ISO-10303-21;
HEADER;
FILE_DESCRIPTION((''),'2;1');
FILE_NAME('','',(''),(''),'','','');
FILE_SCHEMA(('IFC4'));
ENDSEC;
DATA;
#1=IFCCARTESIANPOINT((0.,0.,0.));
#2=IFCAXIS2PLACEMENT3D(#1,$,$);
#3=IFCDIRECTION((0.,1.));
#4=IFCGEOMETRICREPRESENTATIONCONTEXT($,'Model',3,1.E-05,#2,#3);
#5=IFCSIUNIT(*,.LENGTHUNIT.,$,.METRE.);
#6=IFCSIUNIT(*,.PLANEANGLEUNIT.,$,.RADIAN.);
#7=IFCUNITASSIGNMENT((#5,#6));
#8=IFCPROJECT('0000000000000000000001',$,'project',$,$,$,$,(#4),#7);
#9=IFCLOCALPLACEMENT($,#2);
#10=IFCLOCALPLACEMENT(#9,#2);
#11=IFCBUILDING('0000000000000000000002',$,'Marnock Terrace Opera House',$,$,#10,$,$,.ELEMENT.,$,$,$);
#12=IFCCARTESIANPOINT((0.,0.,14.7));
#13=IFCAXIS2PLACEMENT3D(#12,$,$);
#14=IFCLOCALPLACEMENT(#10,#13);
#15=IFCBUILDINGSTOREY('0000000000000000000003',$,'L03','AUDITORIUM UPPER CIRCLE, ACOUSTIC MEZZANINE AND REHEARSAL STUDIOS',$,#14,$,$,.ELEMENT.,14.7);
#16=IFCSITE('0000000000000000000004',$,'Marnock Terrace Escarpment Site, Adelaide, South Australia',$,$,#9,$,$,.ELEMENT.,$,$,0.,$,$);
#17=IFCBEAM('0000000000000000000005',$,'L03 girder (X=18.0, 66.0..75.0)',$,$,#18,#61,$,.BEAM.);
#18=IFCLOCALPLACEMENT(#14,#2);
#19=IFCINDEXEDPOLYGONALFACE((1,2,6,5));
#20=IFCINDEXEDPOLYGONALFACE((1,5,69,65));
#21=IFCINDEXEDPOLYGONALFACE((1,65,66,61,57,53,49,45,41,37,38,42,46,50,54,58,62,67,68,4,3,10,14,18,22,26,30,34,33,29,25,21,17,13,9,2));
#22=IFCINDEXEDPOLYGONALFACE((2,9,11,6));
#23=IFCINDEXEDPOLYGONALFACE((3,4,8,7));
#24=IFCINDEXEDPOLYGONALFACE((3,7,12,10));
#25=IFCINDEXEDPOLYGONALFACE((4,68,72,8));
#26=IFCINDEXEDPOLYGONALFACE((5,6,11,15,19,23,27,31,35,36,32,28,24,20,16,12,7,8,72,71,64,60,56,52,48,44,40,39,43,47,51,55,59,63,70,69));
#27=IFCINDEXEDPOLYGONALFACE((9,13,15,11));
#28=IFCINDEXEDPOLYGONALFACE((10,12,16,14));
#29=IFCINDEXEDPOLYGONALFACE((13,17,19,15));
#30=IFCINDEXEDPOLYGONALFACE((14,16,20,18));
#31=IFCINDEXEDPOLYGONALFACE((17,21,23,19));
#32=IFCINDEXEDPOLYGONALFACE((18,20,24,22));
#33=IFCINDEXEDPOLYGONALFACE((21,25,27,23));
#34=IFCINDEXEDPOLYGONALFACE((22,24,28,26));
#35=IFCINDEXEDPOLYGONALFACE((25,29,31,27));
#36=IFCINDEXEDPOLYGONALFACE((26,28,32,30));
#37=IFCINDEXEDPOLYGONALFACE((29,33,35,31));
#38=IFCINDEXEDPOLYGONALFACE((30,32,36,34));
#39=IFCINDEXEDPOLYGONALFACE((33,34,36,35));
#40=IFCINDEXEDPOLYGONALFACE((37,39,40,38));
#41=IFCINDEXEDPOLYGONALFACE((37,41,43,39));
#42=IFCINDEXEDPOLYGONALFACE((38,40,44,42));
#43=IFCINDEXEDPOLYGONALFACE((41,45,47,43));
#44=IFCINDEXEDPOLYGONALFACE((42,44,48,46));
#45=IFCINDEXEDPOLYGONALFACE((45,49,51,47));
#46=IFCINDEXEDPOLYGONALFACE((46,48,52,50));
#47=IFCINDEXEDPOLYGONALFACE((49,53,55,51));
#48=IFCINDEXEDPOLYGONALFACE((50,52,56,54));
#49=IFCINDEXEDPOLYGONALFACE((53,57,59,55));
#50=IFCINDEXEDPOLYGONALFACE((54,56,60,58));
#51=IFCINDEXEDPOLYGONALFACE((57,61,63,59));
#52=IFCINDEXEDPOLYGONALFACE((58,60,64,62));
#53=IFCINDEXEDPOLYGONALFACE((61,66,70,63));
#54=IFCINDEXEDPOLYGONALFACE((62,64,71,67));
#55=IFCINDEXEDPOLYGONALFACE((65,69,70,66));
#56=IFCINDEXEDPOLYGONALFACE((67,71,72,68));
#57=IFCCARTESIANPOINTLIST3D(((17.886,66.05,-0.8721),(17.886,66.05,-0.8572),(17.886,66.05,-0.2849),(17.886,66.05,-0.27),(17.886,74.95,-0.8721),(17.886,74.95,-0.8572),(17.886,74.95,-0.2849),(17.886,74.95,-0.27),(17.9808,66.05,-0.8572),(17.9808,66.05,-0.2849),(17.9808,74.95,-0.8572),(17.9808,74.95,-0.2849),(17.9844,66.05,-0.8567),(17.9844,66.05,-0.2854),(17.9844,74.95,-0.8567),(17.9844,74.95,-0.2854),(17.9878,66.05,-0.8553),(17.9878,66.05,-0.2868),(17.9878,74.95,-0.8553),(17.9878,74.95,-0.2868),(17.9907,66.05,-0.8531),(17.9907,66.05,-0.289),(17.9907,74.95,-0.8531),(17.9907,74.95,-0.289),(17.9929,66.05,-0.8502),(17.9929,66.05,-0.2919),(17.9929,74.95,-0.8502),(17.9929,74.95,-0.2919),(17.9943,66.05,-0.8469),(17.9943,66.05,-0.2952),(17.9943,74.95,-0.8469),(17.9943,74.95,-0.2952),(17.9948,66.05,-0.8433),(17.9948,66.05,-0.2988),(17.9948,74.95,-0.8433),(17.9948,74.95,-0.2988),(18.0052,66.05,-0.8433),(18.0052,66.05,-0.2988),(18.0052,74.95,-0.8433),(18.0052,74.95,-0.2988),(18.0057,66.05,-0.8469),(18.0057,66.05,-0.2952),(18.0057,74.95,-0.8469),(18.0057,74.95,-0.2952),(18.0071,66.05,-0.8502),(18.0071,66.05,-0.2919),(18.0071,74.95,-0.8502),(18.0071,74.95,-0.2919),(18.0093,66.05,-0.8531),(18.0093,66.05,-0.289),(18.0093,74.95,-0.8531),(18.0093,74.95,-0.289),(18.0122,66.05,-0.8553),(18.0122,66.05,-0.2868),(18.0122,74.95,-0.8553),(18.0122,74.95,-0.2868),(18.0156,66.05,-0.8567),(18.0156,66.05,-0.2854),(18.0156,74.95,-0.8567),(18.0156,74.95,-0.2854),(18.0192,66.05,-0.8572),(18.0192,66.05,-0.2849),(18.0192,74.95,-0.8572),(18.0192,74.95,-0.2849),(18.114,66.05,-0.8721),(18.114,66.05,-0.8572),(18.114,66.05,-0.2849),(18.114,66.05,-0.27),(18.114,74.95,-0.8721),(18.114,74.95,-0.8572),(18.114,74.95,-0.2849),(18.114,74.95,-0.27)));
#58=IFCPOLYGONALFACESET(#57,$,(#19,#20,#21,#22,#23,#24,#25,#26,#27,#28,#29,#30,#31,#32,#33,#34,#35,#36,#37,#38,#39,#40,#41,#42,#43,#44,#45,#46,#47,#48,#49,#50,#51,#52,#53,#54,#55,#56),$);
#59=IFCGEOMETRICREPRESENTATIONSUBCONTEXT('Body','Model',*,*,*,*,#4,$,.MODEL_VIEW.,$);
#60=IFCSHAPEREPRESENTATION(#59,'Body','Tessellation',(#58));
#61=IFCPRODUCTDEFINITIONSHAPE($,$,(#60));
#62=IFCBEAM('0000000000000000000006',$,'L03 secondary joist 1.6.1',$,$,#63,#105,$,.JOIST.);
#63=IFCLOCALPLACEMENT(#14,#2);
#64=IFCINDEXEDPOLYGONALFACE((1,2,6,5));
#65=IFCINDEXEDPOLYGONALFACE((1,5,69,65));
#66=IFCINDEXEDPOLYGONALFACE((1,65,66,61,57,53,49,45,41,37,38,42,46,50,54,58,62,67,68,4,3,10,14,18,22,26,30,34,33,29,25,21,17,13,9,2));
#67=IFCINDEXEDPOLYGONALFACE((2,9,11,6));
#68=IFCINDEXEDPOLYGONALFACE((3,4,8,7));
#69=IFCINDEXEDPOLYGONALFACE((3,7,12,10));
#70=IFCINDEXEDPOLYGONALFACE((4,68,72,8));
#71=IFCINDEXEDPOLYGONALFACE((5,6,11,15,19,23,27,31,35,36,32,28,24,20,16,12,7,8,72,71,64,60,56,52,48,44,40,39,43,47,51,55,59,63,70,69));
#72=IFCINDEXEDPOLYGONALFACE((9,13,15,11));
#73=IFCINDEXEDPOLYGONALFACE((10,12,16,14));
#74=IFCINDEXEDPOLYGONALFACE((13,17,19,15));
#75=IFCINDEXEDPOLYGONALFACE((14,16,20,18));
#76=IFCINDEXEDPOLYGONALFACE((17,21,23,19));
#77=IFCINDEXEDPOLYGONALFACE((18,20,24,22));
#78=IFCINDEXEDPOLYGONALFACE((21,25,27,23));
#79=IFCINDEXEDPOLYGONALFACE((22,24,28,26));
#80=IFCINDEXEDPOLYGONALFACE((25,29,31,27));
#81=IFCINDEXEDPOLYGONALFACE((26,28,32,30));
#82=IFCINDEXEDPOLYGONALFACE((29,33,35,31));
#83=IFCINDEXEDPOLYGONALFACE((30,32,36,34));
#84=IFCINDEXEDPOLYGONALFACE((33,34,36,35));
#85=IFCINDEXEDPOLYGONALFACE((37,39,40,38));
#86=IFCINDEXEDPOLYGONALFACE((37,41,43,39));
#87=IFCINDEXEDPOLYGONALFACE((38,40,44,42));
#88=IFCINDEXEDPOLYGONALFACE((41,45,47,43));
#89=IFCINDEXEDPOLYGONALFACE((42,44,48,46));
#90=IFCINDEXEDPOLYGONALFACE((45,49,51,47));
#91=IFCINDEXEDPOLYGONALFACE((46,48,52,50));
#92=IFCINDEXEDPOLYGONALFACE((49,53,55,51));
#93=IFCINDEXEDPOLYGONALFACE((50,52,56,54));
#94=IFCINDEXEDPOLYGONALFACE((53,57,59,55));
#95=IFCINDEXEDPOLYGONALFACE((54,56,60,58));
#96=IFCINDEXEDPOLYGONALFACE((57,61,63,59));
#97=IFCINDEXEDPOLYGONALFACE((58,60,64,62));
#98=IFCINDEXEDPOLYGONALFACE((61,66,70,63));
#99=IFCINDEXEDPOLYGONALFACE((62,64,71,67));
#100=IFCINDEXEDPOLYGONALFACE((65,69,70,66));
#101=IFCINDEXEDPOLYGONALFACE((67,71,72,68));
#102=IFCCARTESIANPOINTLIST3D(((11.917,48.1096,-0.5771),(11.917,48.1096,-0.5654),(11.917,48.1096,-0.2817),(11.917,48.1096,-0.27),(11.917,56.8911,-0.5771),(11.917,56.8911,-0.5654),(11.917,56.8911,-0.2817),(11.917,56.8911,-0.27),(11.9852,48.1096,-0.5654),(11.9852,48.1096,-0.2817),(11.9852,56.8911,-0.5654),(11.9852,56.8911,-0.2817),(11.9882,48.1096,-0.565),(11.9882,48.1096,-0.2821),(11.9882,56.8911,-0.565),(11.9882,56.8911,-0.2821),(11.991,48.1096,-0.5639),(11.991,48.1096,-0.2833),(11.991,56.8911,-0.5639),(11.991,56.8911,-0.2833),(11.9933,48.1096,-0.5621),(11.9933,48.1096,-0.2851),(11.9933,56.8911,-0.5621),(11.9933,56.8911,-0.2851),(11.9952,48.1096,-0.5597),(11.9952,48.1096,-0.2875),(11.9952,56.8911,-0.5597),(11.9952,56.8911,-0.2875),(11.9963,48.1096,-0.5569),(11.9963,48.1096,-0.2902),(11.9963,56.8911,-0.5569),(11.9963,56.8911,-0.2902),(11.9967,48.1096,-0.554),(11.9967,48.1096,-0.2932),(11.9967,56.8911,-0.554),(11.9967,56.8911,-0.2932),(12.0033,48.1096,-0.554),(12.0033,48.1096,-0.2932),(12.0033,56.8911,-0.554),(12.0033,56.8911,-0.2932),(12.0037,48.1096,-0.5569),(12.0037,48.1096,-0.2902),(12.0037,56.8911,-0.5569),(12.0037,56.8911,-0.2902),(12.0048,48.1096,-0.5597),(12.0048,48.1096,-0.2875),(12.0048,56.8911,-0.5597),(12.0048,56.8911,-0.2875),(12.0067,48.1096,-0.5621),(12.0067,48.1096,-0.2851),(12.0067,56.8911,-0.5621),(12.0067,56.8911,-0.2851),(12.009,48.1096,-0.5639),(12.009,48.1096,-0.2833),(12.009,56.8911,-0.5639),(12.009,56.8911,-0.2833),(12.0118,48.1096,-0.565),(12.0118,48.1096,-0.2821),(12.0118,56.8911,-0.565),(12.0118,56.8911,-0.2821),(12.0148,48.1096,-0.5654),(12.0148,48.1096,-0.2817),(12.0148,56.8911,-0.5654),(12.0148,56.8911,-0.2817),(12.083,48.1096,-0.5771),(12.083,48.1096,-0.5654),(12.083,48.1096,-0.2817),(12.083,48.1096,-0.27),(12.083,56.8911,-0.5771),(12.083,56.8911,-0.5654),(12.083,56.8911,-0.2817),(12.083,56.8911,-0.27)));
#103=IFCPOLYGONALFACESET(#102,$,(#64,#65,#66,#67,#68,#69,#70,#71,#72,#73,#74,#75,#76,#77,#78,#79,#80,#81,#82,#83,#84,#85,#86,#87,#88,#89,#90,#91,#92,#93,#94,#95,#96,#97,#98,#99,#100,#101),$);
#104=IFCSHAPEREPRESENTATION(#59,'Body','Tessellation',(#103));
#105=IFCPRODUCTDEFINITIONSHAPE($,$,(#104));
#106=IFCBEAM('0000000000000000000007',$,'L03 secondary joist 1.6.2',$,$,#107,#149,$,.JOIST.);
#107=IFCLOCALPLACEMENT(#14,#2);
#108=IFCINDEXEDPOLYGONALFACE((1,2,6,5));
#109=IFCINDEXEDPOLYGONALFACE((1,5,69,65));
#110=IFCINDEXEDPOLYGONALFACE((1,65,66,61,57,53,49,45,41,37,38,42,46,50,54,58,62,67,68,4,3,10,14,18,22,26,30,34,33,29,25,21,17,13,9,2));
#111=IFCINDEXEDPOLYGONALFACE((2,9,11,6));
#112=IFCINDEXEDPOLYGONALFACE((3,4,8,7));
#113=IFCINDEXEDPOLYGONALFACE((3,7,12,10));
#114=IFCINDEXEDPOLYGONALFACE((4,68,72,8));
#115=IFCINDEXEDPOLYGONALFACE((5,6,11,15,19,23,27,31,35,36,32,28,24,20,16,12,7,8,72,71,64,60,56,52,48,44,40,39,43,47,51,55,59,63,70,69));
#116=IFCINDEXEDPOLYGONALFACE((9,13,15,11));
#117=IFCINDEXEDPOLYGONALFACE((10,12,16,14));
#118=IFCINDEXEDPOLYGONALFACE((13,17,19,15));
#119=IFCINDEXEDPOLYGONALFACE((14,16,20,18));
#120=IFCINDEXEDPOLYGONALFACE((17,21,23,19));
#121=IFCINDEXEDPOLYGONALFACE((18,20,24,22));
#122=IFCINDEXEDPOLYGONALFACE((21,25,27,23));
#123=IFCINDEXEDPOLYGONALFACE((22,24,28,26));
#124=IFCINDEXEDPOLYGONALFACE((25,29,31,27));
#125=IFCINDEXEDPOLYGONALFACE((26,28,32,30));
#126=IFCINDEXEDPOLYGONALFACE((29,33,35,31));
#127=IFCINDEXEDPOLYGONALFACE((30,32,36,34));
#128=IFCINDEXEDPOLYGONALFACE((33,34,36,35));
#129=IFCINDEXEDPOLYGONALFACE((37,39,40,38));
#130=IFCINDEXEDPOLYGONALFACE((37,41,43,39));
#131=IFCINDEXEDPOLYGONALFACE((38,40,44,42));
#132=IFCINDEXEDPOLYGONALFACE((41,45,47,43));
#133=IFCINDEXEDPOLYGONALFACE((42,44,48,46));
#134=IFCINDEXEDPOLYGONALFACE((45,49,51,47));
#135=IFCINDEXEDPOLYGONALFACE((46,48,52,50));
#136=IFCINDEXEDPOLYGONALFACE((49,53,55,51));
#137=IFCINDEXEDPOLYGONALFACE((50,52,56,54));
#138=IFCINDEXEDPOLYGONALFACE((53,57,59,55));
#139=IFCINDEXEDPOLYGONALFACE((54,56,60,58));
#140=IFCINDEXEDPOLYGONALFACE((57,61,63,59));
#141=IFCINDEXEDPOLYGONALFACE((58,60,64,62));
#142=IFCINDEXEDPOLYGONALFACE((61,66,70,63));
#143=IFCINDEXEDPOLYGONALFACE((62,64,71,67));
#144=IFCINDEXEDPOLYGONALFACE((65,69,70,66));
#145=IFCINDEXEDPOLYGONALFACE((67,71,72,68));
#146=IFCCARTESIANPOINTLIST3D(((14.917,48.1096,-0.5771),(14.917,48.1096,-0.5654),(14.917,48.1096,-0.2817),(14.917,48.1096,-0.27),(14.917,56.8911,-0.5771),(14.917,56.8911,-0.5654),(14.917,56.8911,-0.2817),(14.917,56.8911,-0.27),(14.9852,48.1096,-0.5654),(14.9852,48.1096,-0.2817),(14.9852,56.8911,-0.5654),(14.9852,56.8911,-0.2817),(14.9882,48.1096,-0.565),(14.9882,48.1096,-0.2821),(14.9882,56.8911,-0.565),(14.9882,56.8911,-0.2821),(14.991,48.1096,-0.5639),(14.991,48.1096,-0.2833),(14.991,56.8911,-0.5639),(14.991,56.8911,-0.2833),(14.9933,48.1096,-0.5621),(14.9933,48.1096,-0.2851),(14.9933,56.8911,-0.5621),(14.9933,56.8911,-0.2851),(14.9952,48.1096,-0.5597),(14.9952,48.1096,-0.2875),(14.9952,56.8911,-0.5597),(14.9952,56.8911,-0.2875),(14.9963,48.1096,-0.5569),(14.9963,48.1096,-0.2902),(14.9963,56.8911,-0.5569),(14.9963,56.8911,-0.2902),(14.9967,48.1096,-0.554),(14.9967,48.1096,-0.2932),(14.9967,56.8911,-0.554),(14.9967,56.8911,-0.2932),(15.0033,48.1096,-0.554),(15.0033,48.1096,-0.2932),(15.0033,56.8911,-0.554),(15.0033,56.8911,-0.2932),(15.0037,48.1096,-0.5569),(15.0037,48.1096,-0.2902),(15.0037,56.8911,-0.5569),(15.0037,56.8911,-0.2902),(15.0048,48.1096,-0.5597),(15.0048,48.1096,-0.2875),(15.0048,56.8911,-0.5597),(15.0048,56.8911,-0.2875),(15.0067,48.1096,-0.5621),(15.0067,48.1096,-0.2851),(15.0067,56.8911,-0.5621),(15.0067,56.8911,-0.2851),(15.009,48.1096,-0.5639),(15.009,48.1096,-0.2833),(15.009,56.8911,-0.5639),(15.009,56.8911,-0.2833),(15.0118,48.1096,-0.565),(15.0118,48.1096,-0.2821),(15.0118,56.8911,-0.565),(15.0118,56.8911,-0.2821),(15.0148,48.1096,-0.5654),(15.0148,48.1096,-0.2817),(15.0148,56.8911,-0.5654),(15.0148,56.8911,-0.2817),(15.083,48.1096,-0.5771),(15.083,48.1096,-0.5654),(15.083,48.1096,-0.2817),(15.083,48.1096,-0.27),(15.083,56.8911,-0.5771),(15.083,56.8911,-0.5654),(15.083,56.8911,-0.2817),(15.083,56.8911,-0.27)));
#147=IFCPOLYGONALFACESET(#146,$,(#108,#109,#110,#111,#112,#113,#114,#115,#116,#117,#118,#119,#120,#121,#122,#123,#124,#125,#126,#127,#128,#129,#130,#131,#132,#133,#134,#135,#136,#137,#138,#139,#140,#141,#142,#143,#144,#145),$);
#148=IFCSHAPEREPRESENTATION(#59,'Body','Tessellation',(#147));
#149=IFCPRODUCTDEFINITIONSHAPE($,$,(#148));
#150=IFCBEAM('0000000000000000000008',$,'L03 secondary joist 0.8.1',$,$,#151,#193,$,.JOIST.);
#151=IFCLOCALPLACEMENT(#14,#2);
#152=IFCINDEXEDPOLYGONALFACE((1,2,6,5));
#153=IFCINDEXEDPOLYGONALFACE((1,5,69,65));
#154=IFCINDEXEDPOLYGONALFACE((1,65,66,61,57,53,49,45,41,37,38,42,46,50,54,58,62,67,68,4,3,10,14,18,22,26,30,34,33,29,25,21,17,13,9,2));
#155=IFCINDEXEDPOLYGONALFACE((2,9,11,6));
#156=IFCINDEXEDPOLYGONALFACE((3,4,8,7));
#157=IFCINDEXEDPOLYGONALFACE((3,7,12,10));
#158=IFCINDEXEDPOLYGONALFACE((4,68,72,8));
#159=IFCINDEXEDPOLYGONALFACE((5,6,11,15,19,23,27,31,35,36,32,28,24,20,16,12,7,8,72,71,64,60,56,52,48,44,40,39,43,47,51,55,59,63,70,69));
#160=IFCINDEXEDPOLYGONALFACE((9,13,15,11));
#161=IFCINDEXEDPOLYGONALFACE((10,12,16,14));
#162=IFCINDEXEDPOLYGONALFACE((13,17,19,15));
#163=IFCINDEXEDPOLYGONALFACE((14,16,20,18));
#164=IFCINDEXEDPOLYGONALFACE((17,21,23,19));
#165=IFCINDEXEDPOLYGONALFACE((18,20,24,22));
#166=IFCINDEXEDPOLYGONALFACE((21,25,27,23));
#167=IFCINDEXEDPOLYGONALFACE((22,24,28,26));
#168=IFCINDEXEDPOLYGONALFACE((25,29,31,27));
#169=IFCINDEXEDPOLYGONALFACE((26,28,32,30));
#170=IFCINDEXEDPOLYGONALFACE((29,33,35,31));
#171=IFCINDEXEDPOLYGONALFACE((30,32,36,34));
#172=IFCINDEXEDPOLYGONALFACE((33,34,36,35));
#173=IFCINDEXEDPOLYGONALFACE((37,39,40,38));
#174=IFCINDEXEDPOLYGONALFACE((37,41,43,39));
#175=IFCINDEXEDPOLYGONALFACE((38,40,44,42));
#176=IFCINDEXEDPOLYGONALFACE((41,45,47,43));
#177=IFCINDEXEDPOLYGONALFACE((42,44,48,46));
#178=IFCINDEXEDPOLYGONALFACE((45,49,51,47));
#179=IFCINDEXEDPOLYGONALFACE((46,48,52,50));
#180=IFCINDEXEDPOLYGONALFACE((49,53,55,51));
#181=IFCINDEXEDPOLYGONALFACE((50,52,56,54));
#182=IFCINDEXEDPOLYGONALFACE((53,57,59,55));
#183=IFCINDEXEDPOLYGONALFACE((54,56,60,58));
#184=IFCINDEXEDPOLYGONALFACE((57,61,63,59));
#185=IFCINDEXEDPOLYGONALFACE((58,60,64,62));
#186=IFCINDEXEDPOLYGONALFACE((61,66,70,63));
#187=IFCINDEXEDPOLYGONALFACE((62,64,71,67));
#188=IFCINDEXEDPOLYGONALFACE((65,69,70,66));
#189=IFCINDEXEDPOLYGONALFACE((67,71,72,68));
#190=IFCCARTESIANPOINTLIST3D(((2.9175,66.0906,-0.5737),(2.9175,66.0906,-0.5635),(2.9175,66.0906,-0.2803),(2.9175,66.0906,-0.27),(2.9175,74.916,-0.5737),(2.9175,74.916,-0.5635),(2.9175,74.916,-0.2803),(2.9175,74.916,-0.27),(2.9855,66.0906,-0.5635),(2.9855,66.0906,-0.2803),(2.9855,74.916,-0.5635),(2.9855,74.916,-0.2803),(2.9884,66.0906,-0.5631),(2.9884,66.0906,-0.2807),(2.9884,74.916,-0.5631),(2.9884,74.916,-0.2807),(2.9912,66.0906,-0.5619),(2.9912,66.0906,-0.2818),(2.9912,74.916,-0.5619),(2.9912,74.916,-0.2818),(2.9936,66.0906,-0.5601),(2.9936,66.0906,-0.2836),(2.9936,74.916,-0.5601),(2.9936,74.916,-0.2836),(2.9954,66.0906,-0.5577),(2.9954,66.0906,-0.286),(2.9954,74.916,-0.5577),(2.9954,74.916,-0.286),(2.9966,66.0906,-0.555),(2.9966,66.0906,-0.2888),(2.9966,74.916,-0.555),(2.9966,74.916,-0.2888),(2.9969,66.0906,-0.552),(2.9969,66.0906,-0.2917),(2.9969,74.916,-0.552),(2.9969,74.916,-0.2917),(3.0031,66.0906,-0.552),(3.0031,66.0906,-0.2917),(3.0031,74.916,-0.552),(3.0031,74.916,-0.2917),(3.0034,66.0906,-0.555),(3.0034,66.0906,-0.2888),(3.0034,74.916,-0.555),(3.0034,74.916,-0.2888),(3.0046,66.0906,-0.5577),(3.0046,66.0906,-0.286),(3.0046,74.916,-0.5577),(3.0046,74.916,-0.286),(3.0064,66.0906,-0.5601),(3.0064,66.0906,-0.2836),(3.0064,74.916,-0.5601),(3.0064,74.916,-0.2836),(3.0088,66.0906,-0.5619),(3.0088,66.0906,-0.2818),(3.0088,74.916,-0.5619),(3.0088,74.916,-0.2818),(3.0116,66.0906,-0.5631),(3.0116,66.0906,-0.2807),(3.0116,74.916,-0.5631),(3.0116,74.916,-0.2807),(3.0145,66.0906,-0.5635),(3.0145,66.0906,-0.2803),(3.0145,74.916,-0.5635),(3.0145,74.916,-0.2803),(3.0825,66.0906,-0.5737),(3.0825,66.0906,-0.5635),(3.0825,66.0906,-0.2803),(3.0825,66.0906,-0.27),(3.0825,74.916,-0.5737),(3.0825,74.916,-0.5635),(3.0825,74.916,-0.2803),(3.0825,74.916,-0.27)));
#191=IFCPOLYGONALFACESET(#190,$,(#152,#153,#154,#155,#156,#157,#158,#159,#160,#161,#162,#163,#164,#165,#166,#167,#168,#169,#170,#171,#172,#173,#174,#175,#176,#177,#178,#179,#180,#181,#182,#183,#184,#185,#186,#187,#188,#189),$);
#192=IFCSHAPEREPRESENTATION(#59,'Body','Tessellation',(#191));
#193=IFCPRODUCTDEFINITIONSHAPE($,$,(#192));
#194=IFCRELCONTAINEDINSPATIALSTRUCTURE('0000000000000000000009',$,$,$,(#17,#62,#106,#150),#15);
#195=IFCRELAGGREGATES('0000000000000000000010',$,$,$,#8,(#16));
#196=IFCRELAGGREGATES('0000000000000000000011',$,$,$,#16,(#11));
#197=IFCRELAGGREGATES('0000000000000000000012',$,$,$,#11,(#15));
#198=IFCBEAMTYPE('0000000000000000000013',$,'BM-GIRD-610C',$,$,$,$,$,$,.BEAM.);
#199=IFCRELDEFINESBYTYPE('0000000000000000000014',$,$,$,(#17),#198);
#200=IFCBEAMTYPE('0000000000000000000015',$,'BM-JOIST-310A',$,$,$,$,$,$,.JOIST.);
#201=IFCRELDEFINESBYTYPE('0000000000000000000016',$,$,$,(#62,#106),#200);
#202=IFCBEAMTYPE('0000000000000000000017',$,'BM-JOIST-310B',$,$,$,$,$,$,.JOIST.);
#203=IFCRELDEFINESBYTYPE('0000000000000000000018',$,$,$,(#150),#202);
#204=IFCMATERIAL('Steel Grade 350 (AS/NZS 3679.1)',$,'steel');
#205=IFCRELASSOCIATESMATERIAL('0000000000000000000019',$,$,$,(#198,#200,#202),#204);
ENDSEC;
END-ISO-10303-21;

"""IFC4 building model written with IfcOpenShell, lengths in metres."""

from ifc_helpers import new_model, si_unit, direction, frame, origin, origin_2d, place, context, subcontext, project, spatial, i_section, extrude, material, material_profile, profile_set, type_object, element, save


model = new_model("IFC4")

# Units and contexts
model_context = context("Model", 3, precision=1e-05, world=origin(), true_north=direction((0.0, 1.0)))
body_context = subcontext(model_context, "Body", "Model", "MODEL_VIEW")
ifc_project = project(units=[si_unit("LENGTHUNIT", "METRE"), si_unit("PLANEANGLEUNIT", "RADIAN")], contexts=[model_context])

# Site, building, storey
site_placement = place(None, origin())
site = spatial("IfcSite", under=ifc_project, at=site_placement, Name="Marnock Terrace Escarpment Site, Adelaide, South Australia", CompositionType="ELEMENT", RefElevation=0.0)
building_placement = place(site_placement, origin())
building = spatial("IfcBuilding", under=site, at=building_placement, Name="Marnock Terrace Opera House", CompositionType="ELEMENT")
storey_placement = place(building_placement, frame((0.0, 0.0, 14.7)))
storey = spatial("IfcBuildingStorey", under=building, at=storey_placement, Name="L03", Description="AUDITORIUM UPPER CIRCLE, ACOUSTIC MEZZANINE AND REHEARSAL STUDIOS", CompositionType="ELEMENT", Elevation=14.7)

# Shared definitions
ifc_material_1 = material(Name="Steel Grade 350 (AS/NZS 3679.1)", Category="steel")

# Beams
ifc_material_profile_1 = material_profile(ifc_material_1, i_section(OverallWidth=0.228, OverallDepth=0.6021, WebThickness=0.0105, FlangeThickness=0.0149, FilletRadius=0.0139, at=origin_2d()))
ifc_profile_set_1 = profile_set([ifc_material_profile_1], Name="Steel Grade 350 (AS/NZS 3679.1)")
beam_type_1 = type_object("IfcBeamType", Name="BM-GIRD-610C", PredefinedType="BEAM", material=ifc_profile_set_1)
beam_1_placement = place(storey_placement, frame((18.0, 66.05, -0.571), z_axis=(0.0, 1.0, 0.0), x_axis=(-1.0, 0.0, 0.0)))
element("IfcBeam", 1, at=beam_1_placement, inside=storey, type_object=beam_type_1, Name="L03 girder (X=18.0, 66.0..75.0)", PredefinedType="BEAM", context=body_context, shape_type="SweptSolid", body=[
    extrude(i_section(OverallWidth=0.228, OverallDepth=0.6021, WebThickness=0.0105, FlangeThickness=0.0149, FilletRadius=0.0139, at=origin_2d()), origin(), (0.0, 0.0, 1.0), 8.8999),
])
ifc_material_profile_2 = material_profile(ifc_material_1, i_section(OverallWidth=0.166, OverallDepth=0.3071, WebThickness=0.0066, FlangeThickness=0.0117, FilletRadius=0.0115, at=origin_2d()))
ifc_profile_set_2 = profile_set([ifc_material_profile_2], Name="Steel Grade 350 (AS/NZS 3679.1)")
beam_type_2 = type_object("IfcBeamType", Name="BM-JOIST-310A", PredefinedType="JOIST", material=ifc_profile_set_2)
for number, where, z_axis, x_axis, name in (
    (2, (12.0, 48.1096, -0.4236), (0.0, 1.0, 0.0), (-1.0, 0.0, 0.0), "L03 secondary joist 1.6.1"),
    (3, (15.0, 48.1096, -0.4236), (0.0, 1.0, 0.0), (-1.0, 0.0, 0.0), "L03 secondary joist 1.6.2"),
):
    element("IfcBeam", number, at=place(storey_placement, frame(where, z_axis=z_axis, x_axis=x_axis)), inside=storey, type_object=beam_type_2, Name=name, PredefinedType="JOIST", context=body_context, shape_type="SweptSolid", body=[
        extrude(i_section(OverallWidth=0.166, OverallDepth=0.3071, WebThickness=0.0066, FlangeThickness=0.0117, FilletRadius=0.0115, at=origin_2d()), origin(), (0.0, 0.0, 1.0), 8.7815),
    ])
ifc_material_profile_3 = material_profile(ifc_material_1, i_section(OverallWidth=0.165, OverallDepth=0.3037, WebThickness=0.0061, FlangeThickness=0.0103, FilletRadius=0.0115, at=origin_2d()))
ifc_profile_set_3 = profile_set([ifc_material_profile_3], Name="Steel Grade 350 (AS/NZS 3679.1)")
beam_type_3 = type_object("IfcBeamType", Name="BM-JOIST-310B", PredefinedType="JOIST", material=ifc_profile_set_3)
for number, where, z_axis, x_axis, name in (
    (4, (3.0, 66.0906, -0.4219), (0.0, 1.0, 0.0), (-1.0, 0.0, 0.0), "L03 secondary joist 0.8.1"),
):
    element("IfcBeam", number, at=place(storey_placement, frame(where, z_axis=z_axis, x_axis=x_axis)), inside=storey, type_object=beam_type_3, Name=name, PredefinedType="JOIST", context=body_context, shape_type="SweptSolid", body=[
        extrude(i_section(OverallWidth=0.165, OverallDepth=0.3037, WebThickness=0.0061, FlangeThickness=0.0103, FilletRadius=0.0115, at=origin_2d()), origin(), (0.0, 0.0, 1.0), 8.8254),
    ])

save(model, "model.ifc")
